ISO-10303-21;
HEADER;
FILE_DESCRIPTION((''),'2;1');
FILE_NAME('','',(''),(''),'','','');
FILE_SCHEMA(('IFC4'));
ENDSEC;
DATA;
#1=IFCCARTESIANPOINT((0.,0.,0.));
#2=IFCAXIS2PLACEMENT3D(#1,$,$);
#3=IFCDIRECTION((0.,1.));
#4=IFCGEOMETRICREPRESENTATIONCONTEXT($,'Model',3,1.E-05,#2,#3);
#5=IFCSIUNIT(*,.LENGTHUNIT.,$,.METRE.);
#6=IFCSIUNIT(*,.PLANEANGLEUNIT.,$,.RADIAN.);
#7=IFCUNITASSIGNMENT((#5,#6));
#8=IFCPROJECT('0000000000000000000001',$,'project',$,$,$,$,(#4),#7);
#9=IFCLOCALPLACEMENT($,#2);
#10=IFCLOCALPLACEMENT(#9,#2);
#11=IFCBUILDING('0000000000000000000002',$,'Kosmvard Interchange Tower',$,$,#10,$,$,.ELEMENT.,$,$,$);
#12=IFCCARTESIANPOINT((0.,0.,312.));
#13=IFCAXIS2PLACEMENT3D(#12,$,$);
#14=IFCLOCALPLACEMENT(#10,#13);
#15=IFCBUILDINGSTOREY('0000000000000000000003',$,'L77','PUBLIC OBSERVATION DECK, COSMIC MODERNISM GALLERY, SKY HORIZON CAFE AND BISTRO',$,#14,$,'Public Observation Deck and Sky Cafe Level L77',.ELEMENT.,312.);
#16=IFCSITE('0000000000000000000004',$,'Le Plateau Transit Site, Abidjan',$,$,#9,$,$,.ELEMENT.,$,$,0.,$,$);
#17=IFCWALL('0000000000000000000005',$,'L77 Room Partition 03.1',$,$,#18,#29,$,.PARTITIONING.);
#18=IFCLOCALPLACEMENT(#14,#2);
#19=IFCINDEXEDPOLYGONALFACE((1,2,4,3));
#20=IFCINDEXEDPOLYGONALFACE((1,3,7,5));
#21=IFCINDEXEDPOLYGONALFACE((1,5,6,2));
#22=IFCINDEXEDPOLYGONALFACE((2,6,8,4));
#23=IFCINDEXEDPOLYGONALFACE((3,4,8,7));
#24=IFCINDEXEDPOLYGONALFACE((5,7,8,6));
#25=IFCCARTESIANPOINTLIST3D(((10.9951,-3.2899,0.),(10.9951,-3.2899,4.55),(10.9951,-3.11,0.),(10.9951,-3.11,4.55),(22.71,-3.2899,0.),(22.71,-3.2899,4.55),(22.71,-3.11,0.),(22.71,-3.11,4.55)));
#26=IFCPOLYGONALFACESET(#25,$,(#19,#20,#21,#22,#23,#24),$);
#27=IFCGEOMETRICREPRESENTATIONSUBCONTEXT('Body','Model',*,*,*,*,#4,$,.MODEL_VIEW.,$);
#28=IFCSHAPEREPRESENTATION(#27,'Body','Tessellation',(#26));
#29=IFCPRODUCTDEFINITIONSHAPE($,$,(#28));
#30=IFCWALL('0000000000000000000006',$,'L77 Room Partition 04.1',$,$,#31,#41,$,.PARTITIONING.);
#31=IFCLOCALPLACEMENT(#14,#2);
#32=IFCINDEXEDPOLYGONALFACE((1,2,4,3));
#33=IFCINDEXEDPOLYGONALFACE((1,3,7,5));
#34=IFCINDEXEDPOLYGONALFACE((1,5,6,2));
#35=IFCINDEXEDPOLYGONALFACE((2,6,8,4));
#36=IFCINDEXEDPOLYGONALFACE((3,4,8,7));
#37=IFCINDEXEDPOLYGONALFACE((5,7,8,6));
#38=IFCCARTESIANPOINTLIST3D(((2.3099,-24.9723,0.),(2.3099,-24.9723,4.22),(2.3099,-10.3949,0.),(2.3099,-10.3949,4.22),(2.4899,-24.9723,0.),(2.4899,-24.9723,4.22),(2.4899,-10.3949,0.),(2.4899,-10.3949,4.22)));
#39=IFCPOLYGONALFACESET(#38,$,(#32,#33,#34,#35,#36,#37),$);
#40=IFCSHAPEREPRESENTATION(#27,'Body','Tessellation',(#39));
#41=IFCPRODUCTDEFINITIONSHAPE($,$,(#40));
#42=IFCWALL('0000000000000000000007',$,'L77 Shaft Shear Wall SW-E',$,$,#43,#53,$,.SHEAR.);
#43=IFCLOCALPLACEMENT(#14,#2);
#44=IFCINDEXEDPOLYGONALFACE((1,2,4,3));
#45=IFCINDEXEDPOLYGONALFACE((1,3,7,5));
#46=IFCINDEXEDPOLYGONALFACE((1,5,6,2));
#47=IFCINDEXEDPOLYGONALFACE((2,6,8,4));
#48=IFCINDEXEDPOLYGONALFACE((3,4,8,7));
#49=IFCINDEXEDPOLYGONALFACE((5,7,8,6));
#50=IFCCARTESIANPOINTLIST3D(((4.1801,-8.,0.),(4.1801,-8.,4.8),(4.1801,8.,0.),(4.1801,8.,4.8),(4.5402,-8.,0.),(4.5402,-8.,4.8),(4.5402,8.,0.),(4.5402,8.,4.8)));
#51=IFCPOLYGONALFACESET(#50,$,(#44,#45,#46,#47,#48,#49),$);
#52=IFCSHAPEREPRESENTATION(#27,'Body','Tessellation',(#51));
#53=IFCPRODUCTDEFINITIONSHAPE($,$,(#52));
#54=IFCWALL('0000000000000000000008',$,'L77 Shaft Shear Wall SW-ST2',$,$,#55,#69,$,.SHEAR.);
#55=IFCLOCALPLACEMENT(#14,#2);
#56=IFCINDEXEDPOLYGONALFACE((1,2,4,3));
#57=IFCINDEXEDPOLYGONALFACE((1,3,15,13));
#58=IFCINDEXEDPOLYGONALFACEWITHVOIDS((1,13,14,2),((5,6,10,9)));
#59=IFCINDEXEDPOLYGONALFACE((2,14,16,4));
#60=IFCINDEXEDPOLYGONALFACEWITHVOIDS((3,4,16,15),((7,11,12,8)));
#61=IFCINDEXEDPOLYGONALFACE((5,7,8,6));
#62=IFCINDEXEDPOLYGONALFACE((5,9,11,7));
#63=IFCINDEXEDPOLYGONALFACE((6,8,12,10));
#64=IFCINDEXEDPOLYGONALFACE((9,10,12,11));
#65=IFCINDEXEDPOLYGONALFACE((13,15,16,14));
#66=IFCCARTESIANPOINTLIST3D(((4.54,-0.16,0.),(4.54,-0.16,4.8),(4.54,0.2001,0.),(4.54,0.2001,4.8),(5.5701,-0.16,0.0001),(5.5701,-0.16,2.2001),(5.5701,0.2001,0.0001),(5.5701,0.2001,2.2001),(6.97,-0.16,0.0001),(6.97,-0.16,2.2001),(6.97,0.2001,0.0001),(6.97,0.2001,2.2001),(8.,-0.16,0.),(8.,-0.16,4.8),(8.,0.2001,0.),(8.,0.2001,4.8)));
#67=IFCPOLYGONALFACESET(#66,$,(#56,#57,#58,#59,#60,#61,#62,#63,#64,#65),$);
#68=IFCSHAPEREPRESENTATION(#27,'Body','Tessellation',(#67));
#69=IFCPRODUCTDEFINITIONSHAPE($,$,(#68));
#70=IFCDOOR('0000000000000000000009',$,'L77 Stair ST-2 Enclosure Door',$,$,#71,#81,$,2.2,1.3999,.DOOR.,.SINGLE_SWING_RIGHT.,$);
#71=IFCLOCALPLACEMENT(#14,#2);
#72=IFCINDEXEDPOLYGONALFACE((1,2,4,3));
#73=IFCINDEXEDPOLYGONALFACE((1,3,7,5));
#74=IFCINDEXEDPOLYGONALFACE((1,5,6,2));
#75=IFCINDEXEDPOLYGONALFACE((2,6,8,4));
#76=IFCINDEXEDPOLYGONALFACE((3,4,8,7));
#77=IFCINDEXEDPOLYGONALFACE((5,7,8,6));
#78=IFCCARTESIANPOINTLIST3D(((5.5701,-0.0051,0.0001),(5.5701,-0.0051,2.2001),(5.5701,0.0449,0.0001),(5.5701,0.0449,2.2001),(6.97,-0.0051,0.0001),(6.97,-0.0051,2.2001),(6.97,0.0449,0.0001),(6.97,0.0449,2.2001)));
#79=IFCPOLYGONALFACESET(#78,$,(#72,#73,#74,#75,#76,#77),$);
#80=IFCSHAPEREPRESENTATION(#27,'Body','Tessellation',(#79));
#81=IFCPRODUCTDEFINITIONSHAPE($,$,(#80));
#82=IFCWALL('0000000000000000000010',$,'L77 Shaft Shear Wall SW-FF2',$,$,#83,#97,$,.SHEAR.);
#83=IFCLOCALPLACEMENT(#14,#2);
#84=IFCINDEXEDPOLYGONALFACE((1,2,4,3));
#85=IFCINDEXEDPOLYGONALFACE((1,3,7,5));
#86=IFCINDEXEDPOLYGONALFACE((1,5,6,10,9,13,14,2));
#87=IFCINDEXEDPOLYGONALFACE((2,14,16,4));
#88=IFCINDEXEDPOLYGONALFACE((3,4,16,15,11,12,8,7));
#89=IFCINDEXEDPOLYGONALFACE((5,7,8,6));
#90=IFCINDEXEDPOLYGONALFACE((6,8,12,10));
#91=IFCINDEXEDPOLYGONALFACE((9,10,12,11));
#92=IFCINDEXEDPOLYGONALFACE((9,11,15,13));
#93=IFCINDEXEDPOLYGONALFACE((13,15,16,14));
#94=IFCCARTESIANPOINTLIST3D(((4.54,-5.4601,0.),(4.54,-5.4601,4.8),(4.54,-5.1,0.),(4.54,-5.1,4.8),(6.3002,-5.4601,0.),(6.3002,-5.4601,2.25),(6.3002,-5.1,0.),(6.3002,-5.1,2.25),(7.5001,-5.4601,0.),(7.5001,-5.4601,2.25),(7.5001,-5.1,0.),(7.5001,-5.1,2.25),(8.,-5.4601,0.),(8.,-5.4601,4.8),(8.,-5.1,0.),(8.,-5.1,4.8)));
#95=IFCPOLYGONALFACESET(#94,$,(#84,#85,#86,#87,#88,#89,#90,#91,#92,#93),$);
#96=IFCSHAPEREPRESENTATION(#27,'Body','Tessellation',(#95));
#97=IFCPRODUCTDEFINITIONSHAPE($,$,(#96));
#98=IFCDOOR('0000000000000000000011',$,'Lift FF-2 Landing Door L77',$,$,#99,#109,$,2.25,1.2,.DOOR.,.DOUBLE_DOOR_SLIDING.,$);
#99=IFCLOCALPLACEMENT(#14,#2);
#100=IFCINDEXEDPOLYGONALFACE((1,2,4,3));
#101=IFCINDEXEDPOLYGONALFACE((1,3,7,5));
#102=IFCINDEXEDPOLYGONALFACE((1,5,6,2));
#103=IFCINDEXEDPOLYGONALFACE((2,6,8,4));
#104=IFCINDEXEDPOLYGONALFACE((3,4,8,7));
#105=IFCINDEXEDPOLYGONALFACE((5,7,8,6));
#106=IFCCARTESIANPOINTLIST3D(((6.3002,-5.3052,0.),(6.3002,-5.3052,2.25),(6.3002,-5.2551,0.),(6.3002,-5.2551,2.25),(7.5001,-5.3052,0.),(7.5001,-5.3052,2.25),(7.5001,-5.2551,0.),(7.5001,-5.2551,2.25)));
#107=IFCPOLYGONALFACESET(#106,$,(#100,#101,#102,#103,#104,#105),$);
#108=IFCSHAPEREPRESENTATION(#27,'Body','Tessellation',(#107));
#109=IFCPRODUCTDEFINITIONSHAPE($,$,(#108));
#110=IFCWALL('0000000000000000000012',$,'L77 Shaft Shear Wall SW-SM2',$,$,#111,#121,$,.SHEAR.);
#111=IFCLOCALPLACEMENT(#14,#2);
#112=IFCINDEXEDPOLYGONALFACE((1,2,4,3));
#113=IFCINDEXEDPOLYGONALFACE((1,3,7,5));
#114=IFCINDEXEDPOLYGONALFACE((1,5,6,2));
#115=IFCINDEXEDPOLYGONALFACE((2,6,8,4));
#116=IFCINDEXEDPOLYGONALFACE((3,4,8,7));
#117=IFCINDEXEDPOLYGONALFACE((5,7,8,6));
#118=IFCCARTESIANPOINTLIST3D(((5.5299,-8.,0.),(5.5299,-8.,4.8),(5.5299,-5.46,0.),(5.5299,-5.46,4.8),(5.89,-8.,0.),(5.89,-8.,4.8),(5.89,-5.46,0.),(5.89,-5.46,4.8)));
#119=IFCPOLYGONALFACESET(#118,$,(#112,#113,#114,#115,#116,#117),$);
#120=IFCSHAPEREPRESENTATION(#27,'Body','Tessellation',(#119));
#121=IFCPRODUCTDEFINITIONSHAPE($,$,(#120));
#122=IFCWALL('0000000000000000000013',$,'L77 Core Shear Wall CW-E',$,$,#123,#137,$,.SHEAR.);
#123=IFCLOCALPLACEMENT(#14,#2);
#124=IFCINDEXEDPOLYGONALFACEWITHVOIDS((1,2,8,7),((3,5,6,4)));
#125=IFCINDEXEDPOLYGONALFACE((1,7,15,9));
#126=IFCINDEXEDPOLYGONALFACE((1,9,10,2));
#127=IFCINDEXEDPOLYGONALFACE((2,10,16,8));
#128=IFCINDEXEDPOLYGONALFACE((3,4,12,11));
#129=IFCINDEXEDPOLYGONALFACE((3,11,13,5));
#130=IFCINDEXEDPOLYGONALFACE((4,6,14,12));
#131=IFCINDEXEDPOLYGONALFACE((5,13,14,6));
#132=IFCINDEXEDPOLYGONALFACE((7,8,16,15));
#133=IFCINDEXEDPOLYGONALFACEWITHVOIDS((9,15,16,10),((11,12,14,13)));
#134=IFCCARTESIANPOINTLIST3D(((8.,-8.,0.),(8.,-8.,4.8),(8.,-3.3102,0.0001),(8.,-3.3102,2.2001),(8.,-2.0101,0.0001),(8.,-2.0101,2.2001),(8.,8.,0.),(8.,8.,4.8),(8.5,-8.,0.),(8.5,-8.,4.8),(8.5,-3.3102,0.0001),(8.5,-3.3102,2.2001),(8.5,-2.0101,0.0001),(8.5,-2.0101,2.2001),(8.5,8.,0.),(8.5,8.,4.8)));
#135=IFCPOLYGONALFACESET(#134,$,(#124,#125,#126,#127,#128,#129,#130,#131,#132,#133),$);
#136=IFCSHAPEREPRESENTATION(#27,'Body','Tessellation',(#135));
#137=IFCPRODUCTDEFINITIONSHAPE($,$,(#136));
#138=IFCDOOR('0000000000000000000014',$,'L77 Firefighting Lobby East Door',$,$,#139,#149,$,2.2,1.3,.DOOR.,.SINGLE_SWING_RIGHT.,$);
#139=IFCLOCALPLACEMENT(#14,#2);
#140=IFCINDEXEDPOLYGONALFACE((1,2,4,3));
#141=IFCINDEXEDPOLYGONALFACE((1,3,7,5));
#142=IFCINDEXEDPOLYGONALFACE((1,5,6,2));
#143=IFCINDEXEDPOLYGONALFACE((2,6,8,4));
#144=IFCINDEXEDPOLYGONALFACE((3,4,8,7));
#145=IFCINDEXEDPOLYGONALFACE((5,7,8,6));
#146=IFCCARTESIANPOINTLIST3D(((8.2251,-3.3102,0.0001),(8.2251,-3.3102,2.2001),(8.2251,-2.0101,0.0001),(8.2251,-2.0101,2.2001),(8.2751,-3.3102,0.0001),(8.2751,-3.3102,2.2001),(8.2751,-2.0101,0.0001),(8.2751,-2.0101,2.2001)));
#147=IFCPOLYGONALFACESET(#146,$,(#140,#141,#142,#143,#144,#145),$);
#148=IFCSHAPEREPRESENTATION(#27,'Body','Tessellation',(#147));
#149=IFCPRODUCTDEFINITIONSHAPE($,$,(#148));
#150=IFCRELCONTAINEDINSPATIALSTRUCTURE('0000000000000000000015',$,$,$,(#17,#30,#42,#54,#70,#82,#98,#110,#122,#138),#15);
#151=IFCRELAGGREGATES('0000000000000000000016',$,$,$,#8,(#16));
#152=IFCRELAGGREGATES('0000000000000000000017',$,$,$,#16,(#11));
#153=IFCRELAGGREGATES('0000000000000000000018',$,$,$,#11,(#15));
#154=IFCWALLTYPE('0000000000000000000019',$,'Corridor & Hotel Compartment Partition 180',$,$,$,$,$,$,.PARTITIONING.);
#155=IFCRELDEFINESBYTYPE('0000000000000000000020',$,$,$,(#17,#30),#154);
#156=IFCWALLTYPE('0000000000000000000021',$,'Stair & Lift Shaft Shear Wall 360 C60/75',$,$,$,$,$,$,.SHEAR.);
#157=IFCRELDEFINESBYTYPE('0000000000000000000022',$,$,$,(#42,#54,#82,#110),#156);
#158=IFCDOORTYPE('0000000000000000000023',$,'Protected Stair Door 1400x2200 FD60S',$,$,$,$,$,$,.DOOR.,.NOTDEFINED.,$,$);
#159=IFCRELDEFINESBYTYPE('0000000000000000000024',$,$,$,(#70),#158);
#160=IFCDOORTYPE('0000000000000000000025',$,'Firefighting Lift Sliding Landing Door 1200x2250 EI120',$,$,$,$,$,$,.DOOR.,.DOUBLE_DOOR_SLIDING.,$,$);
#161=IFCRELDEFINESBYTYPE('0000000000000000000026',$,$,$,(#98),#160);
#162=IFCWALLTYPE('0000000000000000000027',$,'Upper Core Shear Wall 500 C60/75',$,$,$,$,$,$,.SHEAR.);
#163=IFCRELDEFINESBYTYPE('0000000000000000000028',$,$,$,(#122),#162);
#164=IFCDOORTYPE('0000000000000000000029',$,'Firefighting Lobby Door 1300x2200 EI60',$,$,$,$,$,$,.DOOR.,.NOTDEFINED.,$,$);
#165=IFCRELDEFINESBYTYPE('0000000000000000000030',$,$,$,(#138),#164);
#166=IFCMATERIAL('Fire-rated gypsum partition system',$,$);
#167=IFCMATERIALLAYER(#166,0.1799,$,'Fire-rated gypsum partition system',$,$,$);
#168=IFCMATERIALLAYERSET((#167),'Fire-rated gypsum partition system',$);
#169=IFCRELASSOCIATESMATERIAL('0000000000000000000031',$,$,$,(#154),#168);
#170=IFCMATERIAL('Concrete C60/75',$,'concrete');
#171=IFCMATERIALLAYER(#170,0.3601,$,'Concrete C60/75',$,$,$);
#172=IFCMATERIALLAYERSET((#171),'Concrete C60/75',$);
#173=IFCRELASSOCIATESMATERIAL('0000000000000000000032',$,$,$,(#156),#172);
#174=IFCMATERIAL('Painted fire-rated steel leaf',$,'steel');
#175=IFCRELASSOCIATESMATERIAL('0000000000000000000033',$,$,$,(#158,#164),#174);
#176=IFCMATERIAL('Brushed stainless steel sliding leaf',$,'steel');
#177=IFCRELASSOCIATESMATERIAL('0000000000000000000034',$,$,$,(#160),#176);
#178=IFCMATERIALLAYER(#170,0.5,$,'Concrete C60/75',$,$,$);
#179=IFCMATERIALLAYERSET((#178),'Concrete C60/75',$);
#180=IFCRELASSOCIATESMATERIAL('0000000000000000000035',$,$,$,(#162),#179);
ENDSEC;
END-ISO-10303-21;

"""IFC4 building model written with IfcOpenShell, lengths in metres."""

from ifc_helpers import new_model, si_unit, direction, frame, frame_2d, origin, place, context, subcontext, project, spatial, rectangle, extrude, source, transform, mapped, material, layer, layer_set, type_object, element, fill, save


model = new_model("IFC4")

# Units and contexts
model_context = context("Model", 3, precision=1e-05, world=origin(), true_north=direction((0.0, 1.0)))
body_context = subcontext(model_context, "Body", "Model", "MODEL_VIEW")
ifc_project = project(units=[si_unit("LENGTHUNIT", "METRE"), si_unit("PLANEANGLEUNIT", "RADIAN")], contexts=[model_context])

# Site, building, storey
site_placement = place(None, origin())
site = spatial("IfcSite", under=ifc_project, at=site_placement, Name="Le Plateau Transit Site, Abidjan", CompositionType="ELEMENT", RefElevation=0.0)
building_placement = place(site_placement, origin())
building = spatial("IfcBuilding", under=site, at=building_placement, Name="Kosmvard Interchange Tower", CompositionType="ELEMENT")
storey_placement = place(building_placement, frame((0.0, 0.0, 312.0)))
storey = spatial("IfcBuildingStorey", under=building, at=storey_placement, Name="L77", Description="PUBLIC OBSERVATION DECK, COSMIC MODERNISM GALLERY, SKY HORIZON CAFE AND BISTRO", LongName="Public Observation Deck and Sky Cafe Level L77", CompositionType="ELEMENT", Elevation=312.0)

# Shared definitions
ifc_material_1 = material(Name="Fire-rated gypsum partition system")
ifc_layer_1 = layer(ifc_material_1, 0.1799, Name="Fire-rated gypsum partition system")
ifc_layer_set_1 = layer_set([ifc_layer_1], Name="Fire-rated gypsum partition system")
wall_type_1 = type_object("IfcWallType", Name="Corridor & Hotel Compartment Partition 180", PredefinedType="PARTITIONING", material=ifc_layer_set_1)

# Walls
wall_1_placement = place(storey_placement, frame((10.9951, -3.2, 0.0), z_axis=(0.0, 0.0, 1.0), x_axis=(1.0, 0.0, 0.0)))
element("IfcWall", 1, at=wall_1_placement, inside=storey, type_object=wall_type_1, Name="L77 Room Partition 03.1", PredefinedType="PARTITIONING", context=body_context, shape_type="SweptSolid", body=[
    extrude(rectangle(XDim=11.7148, YDim=0.1799, at=frame_2d((5.8574, 0.0))), origin(), (0.0, 0.0, 1.0), 4.55),
])
wall_2_placement = place(storey_placement, frame((2.3999, -10.395, 0.0), z_axis=(0.0, 0.0, 1.0), x_axis=(0.0, -1.0, 0.0)))
element("IfcWall", 2, at=wall_2_placement, inside=storey, type_object=wall_type_1, Name="L77 Room Partition 04.1", PredefinedType="PARTITIONING", context=body_context, shape_type="SweptSolid", body=[
    extrude(rectangle(XDim=14.5774, YDim=0.1799, at=frame_2d((7.2886, 0.0))), origin(), (0.0, 0.0, 1.0), 4.22),
])
ifc_material_2 = material(Name="Concrete C60/75", Category="concrete")
ifc_layer_2 = layer(ifc_material_2, 0.3601, Name="Concrete C60/75")
ifc_layer_set_2 = layer_set([ifc_layer_2], Name="Concrete C60/75")
wall_type_2 = type_object("IfcWallType", Name="Stair & Lift Shaft Shear Wall 360 C60/75", PredefinedType="SHEAR", material=ifc_layer_set_2)
wall_3_placement = place(storey_placement, frame((4.3601, -8.0, 0.0), z_axis=(0.0, 0.0, 1.0), x_axis=(0.0, 1.0, 0.0)))
element("IfcWall", 3, at=wall_3_placement, inside=storey, type_object=wall_type_2, Name="L77 Shaft Shear Wall SW-E", PredefinedType="SHEAR", context=body_context, shape_type="SweptSolid", body=[
    extrude(rectangle(XDim=16.0, YDim=0.3601, at=frame_2d((8.0, 0.0))), origin(), (0.0, 0.0, 1.0), 4.8),
])

# Walls, openings, doors
wall_4_placement = place(storey_placement, frame((4.54, 0.02, 0.0), z_axis=(0.0, 0.0, 1.0), x_axis=(1.0, 0.0, 0.0)))
wall_4 = element("IfcWall", 4, at=wall_4_placement, inside=storey, type_object=wall_type_2, Name="L77 Shaft Shear Wall SW-ST2", PredefinedType="SHEAR", context=body_context, shape_type="SweptSolid", body=[
    extrude(rectangle(XDim=3.46, YDim=0.3601, at=frame_2d((1.73, 0.0))), origin(), (0.0, 0.0, 1.0), 4.8),
])
opening_1_placement = place(wall_4_placement, frame((1.03, 0.0, 0.0)))
opening_1 = element("IfcOpeningElement", 5, at=opening_1_placement, cuts=wall_4, PredefinedType="OPENING", context=body_context, shape_type="SweptSolid", body=[
    extrude(rectangle(XDim=1.3999, YDim=2.2, at=frame_2d((0.7, 1.1001))), frame((0.0, 0.1899, 0.0), z_axis=(0.0, -1.0, 0.0), x_axis=(1.0, 0.0, 0.0)), (0.0, 0.0, 1.0), 0.3801),
])
ifc_material_3 = material(Name="Painted fire-rated steel leaf", Category="steel")
door_type_1 = type_object("IfcDoorType", Name="Protected Stair Door 1400x2200 FD60S", OperationType="NOTDEFINED", PredefinedType="DOOR", material=ifc_material_3)
shared_shape_1 = source(origin(), body_context, "Body", "SweptSolid", [
    extrude(rectangle(XDim=1.3999, YDim=2.2, at=frame_2d((0.7, 1.1001))), frame((0.0, 0.0249, 0.0), z_axis=(0.0, -1.0, 0.0), x_axis=(1.0, 0.0, 0.0)), (0.0, 0.0, 1.0), 0.05),
])
door_1_placement = place(opening_1_placement, origin())
door_1 = element("IfcDoor", 6, at=door_1_placement, inside=storey, type_object=door_type_1, Name="L77 Stair ST-2 Enclosure Door", OperationType="SINGLE_SWING_RIGHT", OverallHeight=2.2, OverallWidth=1.3999, PredefinedType="DOOR", context=body_context, shape_type="MappedRepresentation", body=[
    mapped(shared_shape_1, transform((0.0, 0.0, 0.0), scale=1.0)),
])
fill(opening_1, door_1)
wall_5_placement = place(storey_placement, frame((4.54, -5.28, 0.0), z_axis=(0.0, 0.0, 1.0), x_axis=(1.0, 0.0, 0.0)))
wall_5 = element("IfcWall", 7, at=wall_5_placement, inside=storey, type_object=wall_type_2, Name="L77 Shaft Shear Wall SW-FF2", PredefinedType="SHEAR", context=body_context, shape_type="SweptSolid", body=[
    extrude(rectangle(XDim=3.46, YDim=0.3601, at=frame_2d((1.73, 0.0))), origin(), (0.0, 0.0, 1.0), 4.8),
])
opening_2_placement = place(wall_5_placement, frame((1.76, 0.0, 0.0)))
opening_2 = element("IfcOpeningElement", 8, at=opening_2_placement, cuts=wall_5, PredefinedType="OPENING", context=body_context, shape_type="SweptSolid", body=[
    extrude(rectangle(XDim=1.2, YDim=2.25, at=frame_2d((0.6001, 1.125))), frame((0.0, 0.1899, 0.0), z_axis=(0.0, -1.0, 0.0), x_axis=(1.0, 0.0, 0.0)), (0.0, 0.0, 1.0), 0.3801),
])
ifc_material_4 = material(Name="Brushed stainless steel sliding leaf", Category="steel")
door_type_2 = type_object("IfcDoorType", Name="Firefighting Lift Sliding Landing Door 1200x2250 EI120", OperationType="DOUBLE_DOOR_SLIDING", PredefinedType="DOOR", material=ifc_material_4)
shared_shape_2 = source(origin(), body_context, "Body", "SweptSolid", [
    extrude(rectangle(XDim=1.2, YDim=2.25, at=frame_2d((0.6001, 1.125))), frame((0.0, 0.0249, 0.0), z_axis=(0.0, -1.0, 0.0), x_axis=(1.0, 0.0, 0.0)), (0.0, 0.0, 1.0), 0.05),
])
door_2_placement = place(opening_2_placement, origin())
door_2 = element("IfcDoor", 9, at=door_2_placement, inside=storey, type_object=door_type_2, Name="Lift FF-2 Landing Door L77", OperationType="DOUBLE_DOOR_SLIDING", OverallHeight=2.25, OverallWidth=1.2, PredefinedType="DOOR", context=body_context, shape_type="MappedRepresentation", body=[
    mapped(shared_shape_2, transform((0.0, 0.0, 0.0), scale=1.0)),
])
fill(opening_2, door_2)

# Wall
wall_6_placement = place(storey_placement, frame((5.71, -8.0, 0.0), z_axis=(0.0, 0.0, 1.0), x_axis=(0.0, 1.0, 0.0)))
element("IfcWall", 10, at=wall_6_placement, inside=storey, type_object=wall_type_2, Name="L77 Shaft Shear Wall SW-SM2", PredefinedType="SHEAR", context=body_context, shape_type="SweptSolid", body=[
    extrude(rectangle(XDim=2.54, YDim=0.3601, at=frame_2d((1.27, 0.0))), origin(), (0.0, 0.0, 1.0), 4.8),
])

# Wall, opening, door
ifc_layer_3 = layer(ifc_material_2, 0.5, Name="Concrete C60/75")
ifc_layer_set_3 = layer_set([ifc_layer_3], Name="Concrete C60/75")
wall_type_3 = type_object("IfcWallType", Name="Upper Core Shear Wall 500 C60/75", PredefinedType="SHEAR", material=ifc_layer_set_3)
wall_7_placement = place(storey_placement, frame((8.25, -8.0, 0.0), z_axis=(0.0, 0.0, 1.0), x_axis=(0.0, 1.0, 0.0)))
wall_7 = element("IfcWall", 11, at=wall_7_placement, inside=storey, type_object=wall_type_3, Name="L77 Core Shear Wall CW-E", PredefinedType="SHEAR", context=body_context, shape_type="SweptSolid", body=[
    extrude(rectangle(XDim=16.0, YDim=0.5, at=frame_2d((8.0, 0.0))), origin(), (0.0, 0.0, 1.0), 4.8),
])
opening_3_placement = place(wall_7_placement, frame((4.6899, 0.0, 0.0)))
opening_3 = element("IfcOpeningElement", 12, at=opening_3_placement, cuts=wall_7, PredefinedType="OPENING", context=body_context, shape_type="SweptSolid", body=[
    extrude(rectangle(XDim=1.3, YDim=2.2, at=frame_2d((0.6499, 1.1001))), frame((0.0, 0.26, 0.0), z_axis=(0.0, -1.0, 0.0), x_axis=(1.0, 0.0, 0.0)), (0.0, 0.0, 1.0), 0.52),
])
door_type_3 = type_object("IfcDoorType", Name="Firefighting Lobby Door 1300x2200 EI60", OperationType="NOTDEFINED", PredefinedType="DOOR", material=ifc_material_3)
shared_shape_3 = source(origin(), body_context, "Body", "SweptSolid", [
    extrude(rectangle(XDim=1.3, YDim=2.2, at=frame_2d((0.6499, 1.1001))), frame((0.0, 0.0249, 0.0), z_axis=(0.0, -1.0, 0.0), x_axis=(1.0, 0.0, 0.0)), (0.0, 0.0, 1.0), 0.05),
])
door_3_placement = place(opening_3_placement, origin())
door_3 = element("IfcDoor", 13, at=door_3_placement, inside=storey, type_object=door_type_3, Name="L77 Firefighting Lobby East Door", OperationType="SINGLE_SWING_RIGHT", OverallHeight=2.2, OverallWidth=1.3, PredefinedType="DOOR", context=body_context, shape_type="MappedRepresentation", body=[
    mapped(shared_shape_3, transform((0.0, 0.0, 0.0), scale=1.0)),
])
fill(opening_3, door_3)

save(model, "model.ifc")
